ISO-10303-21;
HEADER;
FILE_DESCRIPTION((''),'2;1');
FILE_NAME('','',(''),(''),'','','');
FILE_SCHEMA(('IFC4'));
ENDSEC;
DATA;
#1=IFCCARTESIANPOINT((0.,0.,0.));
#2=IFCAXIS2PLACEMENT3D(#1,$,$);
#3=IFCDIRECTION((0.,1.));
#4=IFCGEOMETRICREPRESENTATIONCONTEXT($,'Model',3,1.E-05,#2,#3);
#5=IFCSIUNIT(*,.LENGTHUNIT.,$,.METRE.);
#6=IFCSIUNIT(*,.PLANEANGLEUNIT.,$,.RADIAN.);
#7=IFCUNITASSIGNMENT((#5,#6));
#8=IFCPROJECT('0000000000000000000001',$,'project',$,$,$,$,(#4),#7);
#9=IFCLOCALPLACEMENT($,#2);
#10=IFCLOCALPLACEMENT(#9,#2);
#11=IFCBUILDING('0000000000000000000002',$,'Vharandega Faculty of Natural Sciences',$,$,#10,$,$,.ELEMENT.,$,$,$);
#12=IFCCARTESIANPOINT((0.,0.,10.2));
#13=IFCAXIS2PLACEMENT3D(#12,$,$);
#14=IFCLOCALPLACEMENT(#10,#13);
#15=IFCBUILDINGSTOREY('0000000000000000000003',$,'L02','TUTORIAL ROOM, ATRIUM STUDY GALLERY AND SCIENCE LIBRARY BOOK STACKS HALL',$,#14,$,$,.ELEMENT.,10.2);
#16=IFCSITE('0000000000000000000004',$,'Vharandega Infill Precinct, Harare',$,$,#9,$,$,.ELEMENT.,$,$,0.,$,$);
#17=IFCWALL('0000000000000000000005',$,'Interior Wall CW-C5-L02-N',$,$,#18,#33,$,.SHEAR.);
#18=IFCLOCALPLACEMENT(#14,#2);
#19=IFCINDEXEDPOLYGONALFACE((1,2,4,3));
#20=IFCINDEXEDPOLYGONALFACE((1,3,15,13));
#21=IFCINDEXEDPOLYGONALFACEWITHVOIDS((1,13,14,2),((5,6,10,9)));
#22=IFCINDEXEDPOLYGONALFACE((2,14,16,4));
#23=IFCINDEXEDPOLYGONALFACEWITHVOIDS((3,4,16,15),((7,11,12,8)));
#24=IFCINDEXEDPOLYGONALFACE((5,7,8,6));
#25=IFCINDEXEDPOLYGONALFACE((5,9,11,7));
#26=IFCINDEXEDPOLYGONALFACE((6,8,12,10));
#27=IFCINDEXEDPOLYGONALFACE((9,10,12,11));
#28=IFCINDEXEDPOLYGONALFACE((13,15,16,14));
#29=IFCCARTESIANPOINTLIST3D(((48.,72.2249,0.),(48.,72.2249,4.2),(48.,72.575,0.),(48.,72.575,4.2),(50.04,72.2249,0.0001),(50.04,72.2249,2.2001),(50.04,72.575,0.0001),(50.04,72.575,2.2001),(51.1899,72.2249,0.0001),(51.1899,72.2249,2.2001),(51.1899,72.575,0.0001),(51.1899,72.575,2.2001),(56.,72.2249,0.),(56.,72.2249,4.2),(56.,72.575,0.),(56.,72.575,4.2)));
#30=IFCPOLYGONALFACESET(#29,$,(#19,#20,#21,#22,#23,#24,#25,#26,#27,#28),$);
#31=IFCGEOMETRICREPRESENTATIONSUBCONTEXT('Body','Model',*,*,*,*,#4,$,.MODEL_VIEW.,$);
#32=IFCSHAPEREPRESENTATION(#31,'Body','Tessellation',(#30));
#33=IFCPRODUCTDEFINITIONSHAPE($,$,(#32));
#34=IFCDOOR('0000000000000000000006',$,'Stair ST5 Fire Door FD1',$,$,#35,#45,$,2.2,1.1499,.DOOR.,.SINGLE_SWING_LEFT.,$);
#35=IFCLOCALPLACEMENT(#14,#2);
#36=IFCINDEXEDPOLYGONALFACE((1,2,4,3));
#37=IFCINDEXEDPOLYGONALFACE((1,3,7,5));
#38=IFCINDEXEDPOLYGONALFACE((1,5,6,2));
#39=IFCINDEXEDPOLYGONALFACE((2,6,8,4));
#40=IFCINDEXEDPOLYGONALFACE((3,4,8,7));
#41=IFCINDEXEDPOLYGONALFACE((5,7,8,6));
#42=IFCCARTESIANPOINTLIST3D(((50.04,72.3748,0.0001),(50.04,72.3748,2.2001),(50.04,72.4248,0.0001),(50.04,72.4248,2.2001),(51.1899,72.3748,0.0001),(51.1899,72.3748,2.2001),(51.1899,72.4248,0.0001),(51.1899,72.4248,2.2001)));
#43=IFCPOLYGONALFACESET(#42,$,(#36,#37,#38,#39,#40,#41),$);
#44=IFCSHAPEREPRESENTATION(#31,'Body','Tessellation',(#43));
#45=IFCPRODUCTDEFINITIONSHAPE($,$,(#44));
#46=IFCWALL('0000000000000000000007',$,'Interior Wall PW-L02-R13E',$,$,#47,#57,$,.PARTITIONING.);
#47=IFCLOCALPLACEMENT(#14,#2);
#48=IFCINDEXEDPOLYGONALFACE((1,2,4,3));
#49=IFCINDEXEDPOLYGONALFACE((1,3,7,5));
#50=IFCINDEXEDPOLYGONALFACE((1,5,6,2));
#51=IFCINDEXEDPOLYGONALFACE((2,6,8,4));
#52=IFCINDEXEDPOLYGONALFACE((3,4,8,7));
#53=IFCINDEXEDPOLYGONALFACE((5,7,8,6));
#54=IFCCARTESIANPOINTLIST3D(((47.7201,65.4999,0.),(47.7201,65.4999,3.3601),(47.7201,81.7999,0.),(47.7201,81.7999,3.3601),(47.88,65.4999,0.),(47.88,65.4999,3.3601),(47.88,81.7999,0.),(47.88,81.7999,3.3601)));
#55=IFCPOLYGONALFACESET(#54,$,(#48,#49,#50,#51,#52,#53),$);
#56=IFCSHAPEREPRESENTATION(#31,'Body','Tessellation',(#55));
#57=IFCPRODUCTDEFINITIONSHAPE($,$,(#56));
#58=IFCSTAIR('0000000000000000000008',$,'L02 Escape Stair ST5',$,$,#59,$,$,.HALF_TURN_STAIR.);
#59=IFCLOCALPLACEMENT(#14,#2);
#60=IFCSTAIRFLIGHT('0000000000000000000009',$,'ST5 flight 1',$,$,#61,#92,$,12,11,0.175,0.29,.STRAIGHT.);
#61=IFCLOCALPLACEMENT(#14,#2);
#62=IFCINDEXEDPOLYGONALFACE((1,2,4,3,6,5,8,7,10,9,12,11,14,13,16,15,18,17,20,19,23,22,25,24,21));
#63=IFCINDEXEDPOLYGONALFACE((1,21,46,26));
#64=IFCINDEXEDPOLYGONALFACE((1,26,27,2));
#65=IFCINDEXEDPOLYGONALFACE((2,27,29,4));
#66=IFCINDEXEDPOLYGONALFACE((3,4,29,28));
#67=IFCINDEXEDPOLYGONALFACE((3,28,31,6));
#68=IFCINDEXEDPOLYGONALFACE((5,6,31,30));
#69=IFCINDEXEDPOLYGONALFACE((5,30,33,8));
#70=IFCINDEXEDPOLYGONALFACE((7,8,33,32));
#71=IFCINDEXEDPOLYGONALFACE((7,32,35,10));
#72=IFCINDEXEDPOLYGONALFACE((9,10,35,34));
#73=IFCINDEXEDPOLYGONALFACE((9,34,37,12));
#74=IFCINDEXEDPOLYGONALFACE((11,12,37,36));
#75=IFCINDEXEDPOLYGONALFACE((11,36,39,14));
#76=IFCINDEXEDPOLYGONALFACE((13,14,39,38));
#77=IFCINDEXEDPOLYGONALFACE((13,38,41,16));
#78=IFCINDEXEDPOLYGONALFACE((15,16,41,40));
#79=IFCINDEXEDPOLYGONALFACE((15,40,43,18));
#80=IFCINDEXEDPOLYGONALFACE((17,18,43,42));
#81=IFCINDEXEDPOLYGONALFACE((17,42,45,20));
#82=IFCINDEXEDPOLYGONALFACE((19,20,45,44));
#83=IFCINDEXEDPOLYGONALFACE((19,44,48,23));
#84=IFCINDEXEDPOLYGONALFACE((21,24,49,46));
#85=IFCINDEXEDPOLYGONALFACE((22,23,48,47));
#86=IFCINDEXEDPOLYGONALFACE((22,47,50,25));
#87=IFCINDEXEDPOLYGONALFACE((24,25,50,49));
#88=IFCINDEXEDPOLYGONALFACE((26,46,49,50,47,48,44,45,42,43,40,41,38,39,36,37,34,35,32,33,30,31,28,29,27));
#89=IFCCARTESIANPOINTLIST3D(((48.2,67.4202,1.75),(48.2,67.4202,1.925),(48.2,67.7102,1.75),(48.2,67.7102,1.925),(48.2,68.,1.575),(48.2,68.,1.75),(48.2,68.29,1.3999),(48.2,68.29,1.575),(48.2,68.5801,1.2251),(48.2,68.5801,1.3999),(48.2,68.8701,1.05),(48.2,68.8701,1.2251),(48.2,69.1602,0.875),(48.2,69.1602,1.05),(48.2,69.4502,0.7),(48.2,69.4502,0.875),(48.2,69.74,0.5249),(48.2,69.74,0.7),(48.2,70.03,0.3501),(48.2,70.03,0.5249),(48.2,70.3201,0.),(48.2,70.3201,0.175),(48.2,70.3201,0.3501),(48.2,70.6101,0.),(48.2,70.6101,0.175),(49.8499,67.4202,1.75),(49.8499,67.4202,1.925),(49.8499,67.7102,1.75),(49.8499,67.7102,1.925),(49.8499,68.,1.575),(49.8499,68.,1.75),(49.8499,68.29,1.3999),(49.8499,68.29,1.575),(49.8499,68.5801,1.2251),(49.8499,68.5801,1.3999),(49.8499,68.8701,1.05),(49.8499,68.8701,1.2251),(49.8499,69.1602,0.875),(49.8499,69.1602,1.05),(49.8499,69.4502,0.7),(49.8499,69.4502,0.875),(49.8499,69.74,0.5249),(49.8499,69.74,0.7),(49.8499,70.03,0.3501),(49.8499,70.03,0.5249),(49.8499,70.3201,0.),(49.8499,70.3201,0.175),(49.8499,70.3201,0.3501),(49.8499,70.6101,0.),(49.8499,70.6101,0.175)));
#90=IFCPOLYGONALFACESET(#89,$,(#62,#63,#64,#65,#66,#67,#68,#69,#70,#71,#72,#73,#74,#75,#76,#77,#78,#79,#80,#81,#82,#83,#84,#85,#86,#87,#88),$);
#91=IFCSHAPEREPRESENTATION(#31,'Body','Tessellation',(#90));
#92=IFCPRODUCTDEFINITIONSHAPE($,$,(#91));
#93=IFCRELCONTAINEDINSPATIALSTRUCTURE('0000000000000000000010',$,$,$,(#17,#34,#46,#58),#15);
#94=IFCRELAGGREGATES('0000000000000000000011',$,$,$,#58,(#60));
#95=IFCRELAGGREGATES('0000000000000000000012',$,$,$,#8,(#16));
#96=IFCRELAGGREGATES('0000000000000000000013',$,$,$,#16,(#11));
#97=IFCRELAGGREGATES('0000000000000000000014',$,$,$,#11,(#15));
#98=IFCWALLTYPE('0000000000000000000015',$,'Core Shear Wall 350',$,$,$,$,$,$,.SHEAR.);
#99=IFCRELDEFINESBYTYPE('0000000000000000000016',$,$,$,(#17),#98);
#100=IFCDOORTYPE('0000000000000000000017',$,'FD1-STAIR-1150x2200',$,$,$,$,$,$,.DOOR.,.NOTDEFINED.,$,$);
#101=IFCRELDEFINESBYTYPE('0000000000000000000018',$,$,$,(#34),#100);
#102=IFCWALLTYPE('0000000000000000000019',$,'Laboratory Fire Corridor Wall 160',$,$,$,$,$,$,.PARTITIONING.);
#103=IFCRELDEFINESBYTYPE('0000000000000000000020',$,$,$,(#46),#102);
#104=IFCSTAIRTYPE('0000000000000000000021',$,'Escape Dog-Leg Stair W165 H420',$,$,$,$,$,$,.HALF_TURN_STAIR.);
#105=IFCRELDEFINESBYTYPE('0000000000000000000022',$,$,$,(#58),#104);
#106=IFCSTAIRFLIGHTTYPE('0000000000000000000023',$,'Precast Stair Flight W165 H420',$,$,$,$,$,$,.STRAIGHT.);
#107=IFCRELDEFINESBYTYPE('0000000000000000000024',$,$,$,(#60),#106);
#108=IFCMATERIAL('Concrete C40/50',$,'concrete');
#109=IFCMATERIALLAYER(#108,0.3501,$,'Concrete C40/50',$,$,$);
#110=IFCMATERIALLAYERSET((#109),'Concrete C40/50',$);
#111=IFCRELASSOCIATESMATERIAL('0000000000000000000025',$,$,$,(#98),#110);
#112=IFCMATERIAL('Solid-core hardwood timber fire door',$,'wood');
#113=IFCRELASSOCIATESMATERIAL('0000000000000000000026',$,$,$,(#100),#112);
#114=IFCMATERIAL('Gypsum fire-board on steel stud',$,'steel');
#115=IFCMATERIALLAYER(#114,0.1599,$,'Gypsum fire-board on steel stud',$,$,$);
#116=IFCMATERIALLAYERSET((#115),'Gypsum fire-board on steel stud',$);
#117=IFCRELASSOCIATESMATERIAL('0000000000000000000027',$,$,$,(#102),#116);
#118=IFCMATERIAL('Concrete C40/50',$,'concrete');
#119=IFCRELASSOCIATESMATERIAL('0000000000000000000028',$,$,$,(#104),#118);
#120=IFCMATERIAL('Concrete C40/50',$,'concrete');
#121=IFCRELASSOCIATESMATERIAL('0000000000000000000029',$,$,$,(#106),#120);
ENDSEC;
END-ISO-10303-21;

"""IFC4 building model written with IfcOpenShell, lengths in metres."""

from ifc_helpers import new_model, si_unit, direction, frame, frame_2d, origin, place, context, subcontext, project, spatial, polyline, rectangle, outline, extrude, material, layer, layer_set, type_object, element, fill, aggregate, save


model = new_model("IFC4")

# Units and contexts
model_context = context("Model", 3, precision=1e-05, world=origin(), true_north=direction((0.0, 1.0)))
body_context = subcontext(model_context, "Body", "Model", "MODEL_VIEW")
ifc_project = project(units=[si_unit("LENGTHUNIT", "METRE"), si_unit("PLANEANGLEUNIT", "RADIAN")], contexts=[model_context])

# Site, building, storey
site_placement = place(None, origin())
site = spatial("IfcSite", under=ifc_project, at=site_placement, Name="Vharandega Infill Precinct, Harare", CompositionType="ELEMENT", RefElevation=0.0)
building_placement = place(site_placement, origin())
building = spatial("IfcBuilding", under=site, at=building_placement, Name="Vharandega Faculty of Natural Sciences", CompositionType="ELEMENT")
storey_placement = place(building_placement, frame((0.0, 0.0, 10.2)))
storey = spatial("IfcBuildingStorey", under=building, at=storey_placement, Name="L02", Description="TUTORIAL ROOM, ATRIUM STUDY GALLERY AND SCIENCE LIBRARY BOOK STACKS HALL", CompositionType="ELEMENT", Elevation=10.2)

# Wall, opening, door
ifc_material_1 = material(Name="Concrete C40/50", Category="concrete")
ifc_layer_1 = layer(ifc_material_1, 0.3501, Name="Concrete C40/50")
ifc_layer_set_1 = layer_set([ifc_layer_1], Name="Concrete C40/50")
wall_type_1 = type_object("IfcWallType", Name="Core Shear Wall 350", PredefinedType="SHEAR", material=ifc_layer_set_1)
wall_1_placement = place(storey_placement, frame((48.0, 72.3999, 0.0), z_axis=(0.0, 0.0, 1.0), x_axis=(1.0, 0.0, 0.0)))
wall_1 = element("IfcWall", 1, at=wall_1_placement, inside=storey, type_object=wall_type_1, Name="Interior Wall CW-C5-L02-N", PredefinedType="SHEAR", context=body_context, shape_type="SweptSolid", body=[
    extrude(rectangle(XDim=8.0, YDim=0.3501, at=frame_2d((4.0, 0.0))), origin(), (0.0, 0.0, 1.0), 4.2),
])
opening_placement = place(wall_1_placement, frame((2.04, 0.0, 0.0)))
opening = element("IfcOpeningElement", 2, at=opening_placement, cuts=wall_1, PredefinedType="OPENING", context=body_context, shape_type="SweptSolid", body=[
    extrude(rectangle(XDim=1.1499, YDim=2.2, at=frame_2d((0.575, 1.1001))), frame((0.0, 0.1851, 0.0), z_axis=(0.0, -1.0, 0.0), x_axis=(1.0, 0.0, 0.0)), (0.0, 0.0, 1.0), 0.3701),
])
ifc_material_2 = material(Name="Solid-core hardwood timber fire door", Category="wood")
door_type = type_object("IfcDoorType", Name="FD1-STAIR-1150x2200", OperationType="NOTDEFINED", PredefinedType="DOOR", material=ifc_material_2)
door_placement = place(opening_placement, origin())
door = element("IfcDoor", 3, at=door_placement, inside=storey, type_object=door_type, Name="Stair ST5 Fire Door FD1", OperationType="SINGLE_SWING_LEFT", OverallHeight=2.2, OverallWidth=1.1499, PredefinedType="DOOR", context=body_context, shape_type="SweptSolid", body=[
    extrude(rectangle(XDim=1.1499, YDim=2.2, at=frame_2d((0.575, 1.1001))), frame((0.0, 0.0249, 0.0), z_axis=(0.0, -1.0, 0.0), x_axis=(1.0, 0.0, 0.0)), (0.0, 0.0, 1.0), 0.05),
])
fill(opening, door)

# Wall
ifc_material_3 = material(Name="Gypsum fire-board on steel stud", Category="steel")
ifc_layer_2 = layer(ifc_material_3, 0.1599, Name="Gypsum fire-board on steel stud")
ifc_layer_set_2 = layer_set([ifc_layer_2], Name="Gypsum fire-board on steel stud")
wall_type_2 = type_object("IfcWallType", Name="Laboratory Fire Corridor Wall 160", PredefinedType="PARTITIONING", material=ifc_layer_set_2)
wall_2_placement = place(storey_placement, frame((47.8, 65.5, 0.0), z_axis=(0.0, 0.0, 1.0), x_axis=(0.0, 1.0, 0.0)))
element("IfcWall", 4, at=wall_2_placement, inside=storey, type_object=wall_type_2, Name="Interior Wall PW-L02-R13E", PredefinedType="PARTITIONING", context=body_context, shape_type="SweptSolid", body=[
    extrude(rectangle(XDim=16.3, YDim=0.1599, at=frame_2d((8.1499, 0.0))), origin(), (0.0, 0.0, 1.0), 3.3601),
])

# Stair, stair flight
ifc_material_4 = material(Name="Concrete C40/50", Category="concrete")
stair_type = type_object("IfcStairType", Name="Escape Dog-Leg Stair W165 H420", PredefinedType="HALF_TURN_STAIR", material=ifc_material_4)
stair_placement = place(storey_placement, origin())
stair = element("IfcStair", 5, at=stair_placement, inside=storey, type_object=stair_type, Name="L02 Escape Stair ST5", PredefinedType="HALF_TURN_STAIR")
ifc_material_5 = material(Name="Concrete C40/50", Category="concrete")
stair_flight_type = type_object("IfcStairFlightType", Name="Precast Stair Flight W165 H420", PredefinedType="STRAIGHT", material=ifc_material_5)
stair_flight_placement = place(storey_placement, frame((49.0249, 70.6101, 0.0), z_axis=(0.0, 0.0, 1.0), x_axis=(0.0, -1.0, 0.0)))
stair_flight = element("IfcStairFlight", 6, at=stair_flight_placement, type_object=stair_flight_type, Name="ST5 flight 1", NumberOfRisers=12, NumberOfTreads=11, PredefinedType="STRAIGHT", RiserHeight=0.175, TreadLength=0.29, context=body_context, shape_type="SweptSolid", body=[
    extrude(outline(polyline([(0.0, 0.0), (0.0, 0.175), (0.29, 0.175), (0.29, 0.3501), (0.5801, 0.3501), (0.5801, 0.5249), (0.8701, 0.5249), (0.8701, 0.7), (1.1599, 0.7), (1.1599, 0.875), (1.45, 0.875), (1.45, 1.05), (1.74, 1.05), (1.74, 1.2251), (2.03, 1.2251), (2.03, 1.3999), (2.3201, 1.3999), (2.3201, 1.575), (2.6101, 1.575), (2.6101, 1.75), (2.8999, 1.75), (2.8999, 1.925), (3.1899, 1.925), (3.1899, 2.1001), (3.1899, 1.75), (0.29, 0.0), (0.0, 0.0)])), frame((0.0, 0.825, 0.0), z_axis=(0.0, -1.0, 0.0), x_axis=(1.0, 0.0, 0.0)), (0.0, 0.0, 1.0), 1.6499),
])
aggregate(stair, [stair_flight])

save(model, "model.ifc")
